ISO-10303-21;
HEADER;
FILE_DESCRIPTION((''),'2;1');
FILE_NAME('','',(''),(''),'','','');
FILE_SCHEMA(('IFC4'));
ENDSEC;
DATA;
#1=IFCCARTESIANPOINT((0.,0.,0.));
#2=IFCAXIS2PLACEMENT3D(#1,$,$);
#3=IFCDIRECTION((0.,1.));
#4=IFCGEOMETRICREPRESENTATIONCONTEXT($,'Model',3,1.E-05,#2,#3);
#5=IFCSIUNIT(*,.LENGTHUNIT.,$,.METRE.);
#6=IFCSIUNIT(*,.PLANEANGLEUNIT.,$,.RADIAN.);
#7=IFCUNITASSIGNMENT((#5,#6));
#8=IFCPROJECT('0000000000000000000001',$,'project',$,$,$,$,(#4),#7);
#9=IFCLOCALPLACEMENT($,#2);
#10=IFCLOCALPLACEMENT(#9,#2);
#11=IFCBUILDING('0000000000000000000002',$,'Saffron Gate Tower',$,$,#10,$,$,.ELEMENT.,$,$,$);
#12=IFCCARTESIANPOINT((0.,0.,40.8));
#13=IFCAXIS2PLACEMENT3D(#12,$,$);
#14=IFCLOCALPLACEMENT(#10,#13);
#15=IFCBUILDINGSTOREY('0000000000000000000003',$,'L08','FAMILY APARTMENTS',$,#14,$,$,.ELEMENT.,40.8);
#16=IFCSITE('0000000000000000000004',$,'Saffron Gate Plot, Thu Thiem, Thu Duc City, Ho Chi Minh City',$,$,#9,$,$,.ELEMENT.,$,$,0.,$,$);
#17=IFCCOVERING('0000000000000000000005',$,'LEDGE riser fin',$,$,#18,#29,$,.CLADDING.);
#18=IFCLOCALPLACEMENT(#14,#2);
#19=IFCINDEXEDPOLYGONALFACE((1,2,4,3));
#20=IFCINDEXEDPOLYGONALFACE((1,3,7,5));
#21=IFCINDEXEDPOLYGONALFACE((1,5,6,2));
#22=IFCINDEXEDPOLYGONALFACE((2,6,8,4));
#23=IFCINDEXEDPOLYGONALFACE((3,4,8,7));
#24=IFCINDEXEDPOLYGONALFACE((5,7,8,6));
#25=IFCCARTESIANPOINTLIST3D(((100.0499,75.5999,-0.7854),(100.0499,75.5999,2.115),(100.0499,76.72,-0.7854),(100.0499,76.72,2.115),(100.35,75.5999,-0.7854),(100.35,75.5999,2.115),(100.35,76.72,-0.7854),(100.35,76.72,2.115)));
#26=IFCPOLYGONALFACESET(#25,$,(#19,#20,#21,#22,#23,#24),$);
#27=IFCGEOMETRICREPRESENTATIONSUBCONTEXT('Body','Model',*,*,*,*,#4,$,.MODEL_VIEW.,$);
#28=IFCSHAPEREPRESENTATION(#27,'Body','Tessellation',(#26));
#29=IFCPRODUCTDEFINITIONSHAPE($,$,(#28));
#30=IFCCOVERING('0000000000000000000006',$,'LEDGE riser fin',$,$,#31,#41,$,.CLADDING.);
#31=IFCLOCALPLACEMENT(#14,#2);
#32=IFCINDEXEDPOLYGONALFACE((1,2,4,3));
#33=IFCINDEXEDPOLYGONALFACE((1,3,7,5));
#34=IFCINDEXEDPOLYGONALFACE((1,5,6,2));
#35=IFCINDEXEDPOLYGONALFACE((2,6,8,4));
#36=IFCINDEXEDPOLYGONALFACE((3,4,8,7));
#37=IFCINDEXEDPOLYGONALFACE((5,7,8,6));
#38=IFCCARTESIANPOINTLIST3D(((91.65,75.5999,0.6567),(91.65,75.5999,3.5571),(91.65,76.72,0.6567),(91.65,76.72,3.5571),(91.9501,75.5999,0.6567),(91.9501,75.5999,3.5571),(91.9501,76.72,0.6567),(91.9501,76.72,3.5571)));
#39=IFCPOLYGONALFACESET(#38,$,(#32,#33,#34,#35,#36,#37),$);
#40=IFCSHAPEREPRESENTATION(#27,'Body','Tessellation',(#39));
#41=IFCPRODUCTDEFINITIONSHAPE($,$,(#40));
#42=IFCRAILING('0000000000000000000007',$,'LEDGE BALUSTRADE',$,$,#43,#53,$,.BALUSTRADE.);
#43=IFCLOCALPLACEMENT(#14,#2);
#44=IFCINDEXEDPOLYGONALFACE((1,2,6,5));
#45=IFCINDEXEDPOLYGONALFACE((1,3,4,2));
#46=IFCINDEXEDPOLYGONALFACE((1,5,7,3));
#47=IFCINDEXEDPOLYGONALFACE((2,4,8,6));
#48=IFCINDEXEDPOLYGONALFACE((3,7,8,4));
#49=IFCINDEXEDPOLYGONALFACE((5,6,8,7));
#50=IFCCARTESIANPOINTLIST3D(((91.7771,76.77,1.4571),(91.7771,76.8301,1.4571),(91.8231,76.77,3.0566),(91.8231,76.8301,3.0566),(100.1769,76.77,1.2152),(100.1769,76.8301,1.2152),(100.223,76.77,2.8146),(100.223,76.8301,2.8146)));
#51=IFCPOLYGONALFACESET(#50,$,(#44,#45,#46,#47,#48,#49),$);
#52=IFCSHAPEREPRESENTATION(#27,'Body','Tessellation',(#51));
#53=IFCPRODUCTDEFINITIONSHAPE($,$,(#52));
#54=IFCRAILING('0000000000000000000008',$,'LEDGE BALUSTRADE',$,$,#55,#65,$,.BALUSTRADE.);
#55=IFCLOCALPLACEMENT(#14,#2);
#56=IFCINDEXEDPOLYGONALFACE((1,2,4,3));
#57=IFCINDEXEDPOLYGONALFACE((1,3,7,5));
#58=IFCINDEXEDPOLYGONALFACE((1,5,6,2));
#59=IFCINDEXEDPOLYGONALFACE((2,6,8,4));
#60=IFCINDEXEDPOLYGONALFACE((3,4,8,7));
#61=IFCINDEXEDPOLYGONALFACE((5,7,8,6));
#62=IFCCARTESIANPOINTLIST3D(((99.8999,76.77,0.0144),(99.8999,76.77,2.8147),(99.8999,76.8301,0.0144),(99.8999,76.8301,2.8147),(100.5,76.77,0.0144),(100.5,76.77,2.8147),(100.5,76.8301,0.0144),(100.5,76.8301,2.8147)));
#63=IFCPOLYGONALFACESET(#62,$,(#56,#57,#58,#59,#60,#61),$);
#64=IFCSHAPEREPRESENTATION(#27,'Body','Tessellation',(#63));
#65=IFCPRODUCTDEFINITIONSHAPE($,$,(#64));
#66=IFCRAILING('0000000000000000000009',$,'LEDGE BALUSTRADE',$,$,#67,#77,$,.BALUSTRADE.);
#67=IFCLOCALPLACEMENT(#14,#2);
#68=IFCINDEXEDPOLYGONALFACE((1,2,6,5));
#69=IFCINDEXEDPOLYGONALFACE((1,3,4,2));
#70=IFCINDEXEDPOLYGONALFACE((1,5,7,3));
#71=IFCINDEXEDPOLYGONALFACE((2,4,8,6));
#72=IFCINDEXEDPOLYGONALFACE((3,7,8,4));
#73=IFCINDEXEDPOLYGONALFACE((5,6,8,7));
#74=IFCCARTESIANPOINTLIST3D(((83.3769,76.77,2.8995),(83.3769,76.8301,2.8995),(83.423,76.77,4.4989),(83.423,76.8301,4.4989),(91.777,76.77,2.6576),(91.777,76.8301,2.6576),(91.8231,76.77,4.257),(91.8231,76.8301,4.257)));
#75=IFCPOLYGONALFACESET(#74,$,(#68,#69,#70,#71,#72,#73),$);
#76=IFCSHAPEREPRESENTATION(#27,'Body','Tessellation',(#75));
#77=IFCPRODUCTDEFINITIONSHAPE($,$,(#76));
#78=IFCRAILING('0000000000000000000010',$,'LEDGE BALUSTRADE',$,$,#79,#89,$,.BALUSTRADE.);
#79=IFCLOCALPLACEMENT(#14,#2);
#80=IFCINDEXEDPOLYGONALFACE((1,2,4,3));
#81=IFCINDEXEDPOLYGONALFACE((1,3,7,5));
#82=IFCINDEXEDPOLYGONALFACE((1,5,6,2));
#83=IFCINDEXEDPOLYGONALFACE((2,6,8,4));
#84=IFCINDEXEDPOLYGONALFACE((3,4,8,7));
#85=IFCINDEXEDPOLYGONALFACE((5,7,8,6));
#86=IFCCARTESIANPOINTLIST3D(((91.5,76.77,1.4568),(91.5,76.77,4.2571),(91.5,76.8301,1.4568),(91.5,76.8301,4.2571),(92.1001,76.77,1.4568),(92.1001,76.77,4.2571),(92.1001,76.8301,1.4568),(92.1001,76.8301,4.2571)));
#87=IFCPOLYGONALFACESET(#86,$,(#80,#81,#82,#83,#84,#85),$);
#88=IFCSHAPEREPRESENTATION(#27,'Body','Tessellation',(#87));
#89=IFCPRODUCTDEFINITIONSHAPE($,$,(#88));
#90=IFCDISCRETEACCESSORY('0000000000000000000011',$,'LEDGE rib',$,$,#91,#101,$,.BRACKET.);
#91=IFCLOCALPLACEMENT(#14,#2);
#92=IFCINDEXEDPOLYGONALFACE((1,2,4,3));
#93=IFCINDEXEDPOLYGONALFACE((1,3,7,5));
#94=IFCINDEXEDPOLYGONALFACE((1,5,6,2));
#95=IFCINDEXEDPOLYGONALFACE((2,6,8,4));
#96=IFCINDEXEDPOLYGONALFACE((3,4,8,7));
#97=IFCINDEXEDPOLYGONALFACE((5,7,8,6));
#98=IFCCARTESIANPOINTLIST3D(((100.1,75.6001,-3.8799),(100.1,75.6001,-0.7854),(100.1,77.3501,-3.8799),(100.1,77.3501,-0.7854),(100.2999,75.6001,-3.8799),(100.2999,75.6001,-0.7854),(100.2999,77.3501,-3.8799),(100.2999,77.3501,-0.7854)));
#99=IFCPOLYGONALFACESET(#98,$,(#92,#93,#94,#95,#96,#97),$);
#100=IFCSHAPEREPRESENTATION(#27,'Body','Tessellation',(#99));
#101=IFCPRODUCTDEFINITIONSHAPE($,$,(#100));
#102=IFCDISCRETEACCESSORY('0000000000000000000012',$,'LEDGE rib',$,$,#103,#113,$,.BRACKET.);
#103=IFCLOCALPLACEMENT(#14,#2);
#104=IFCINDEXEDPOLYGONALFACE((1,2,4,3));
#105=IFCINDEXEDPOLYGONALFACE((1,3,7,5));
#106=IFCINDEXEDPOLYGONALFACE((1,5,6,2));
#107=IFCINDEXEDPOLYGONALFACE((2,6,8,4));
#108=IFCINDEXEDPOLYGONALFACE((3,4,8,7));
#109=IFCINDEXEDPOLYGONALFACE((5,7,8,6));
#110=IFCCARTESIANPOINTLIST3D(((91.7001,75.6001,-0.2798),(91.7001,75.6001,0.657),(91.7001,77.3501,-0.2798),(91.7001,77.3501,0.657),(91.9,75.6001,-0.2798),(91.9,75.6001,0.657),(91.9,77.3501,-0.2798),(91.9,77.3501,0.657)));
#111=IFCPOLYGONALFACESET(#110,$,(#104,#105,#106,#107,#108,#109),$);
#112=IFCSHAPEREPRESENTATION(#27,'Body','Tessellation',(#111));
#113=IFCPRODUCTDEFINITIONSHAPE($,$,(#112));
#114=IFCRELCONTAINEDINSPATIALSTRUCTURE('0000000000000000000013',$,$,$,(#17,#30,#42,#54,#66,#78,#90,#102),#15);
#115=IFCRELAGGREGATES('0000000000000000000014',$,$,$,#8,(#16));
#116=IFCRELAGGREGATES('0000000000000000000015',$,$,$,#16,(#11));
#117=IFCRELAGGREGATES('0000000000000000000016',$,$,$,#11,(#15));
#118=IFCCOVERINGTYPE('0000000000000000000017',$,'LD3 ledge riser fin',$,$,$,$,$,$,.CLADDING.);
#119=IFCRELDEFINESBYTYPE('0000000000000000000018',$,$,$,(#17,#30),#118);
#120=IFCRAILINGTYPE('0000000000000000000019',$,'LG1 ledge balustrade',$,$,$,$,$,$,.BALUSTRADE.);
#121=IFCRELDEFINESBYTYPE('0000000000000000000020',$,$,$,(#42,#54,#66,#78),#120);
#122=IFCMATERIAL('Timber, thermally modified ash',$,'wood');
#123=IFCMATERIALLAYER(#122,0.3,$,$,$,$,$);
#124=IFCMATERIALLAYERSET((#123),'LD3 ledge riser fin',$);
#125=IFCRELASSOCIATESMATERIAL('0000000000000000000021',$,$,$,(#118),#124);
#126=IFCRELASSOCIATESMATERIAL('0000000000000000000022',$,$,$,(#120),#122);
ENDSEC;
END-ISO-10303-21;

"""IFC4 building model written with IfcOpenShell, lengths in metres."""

from ifc_helpers import new_model, si_unit, direction, frame, origin, origin_2d, place, context, subcontext, project, spatial, rectangle, extrude, material, layer, layer_set, type_object, element, save


model = new_model("IFC4")

# Units and contexts
model_context = context("Model", 3, precision=1e-05, world=origin(), true_north=direction((0.0, 1.0)))
body_context = subcontext(model_context, "Body", "Model", "MODEL_VIEW")
ifc_project = project(units=[si_unit("LENGTHUNIT", "METRE"), si_unit("PLANEANGLEUNIT", "RADIAN")], contexts=[model_context])

# Site, building, storey
site_placement = place(None, origin())
site = spatial("IfcSite", under=ifc_project, at=site_placement, Name="Saffron Gate Plot, Thu Thiem, Thu Duc City, Ho Chi Minh City", CompositionType="ELEMENT", RefElevation=0.0)
building_placement = place(site_placement, origin())
building = spatial("IfcBuilding", under=site, at=building_placement, Name="Saffron Gate Tower", CompositionType="ELEMENT")
storey_placement = place(building_placement, frame((0.0, 0.0, 40.8)))
storey = spatial("IfcBuildingStorey", under=building, at=storey_placement, Name="L08", Description="FAMILY APARTMENTS", CompositionType="ELEMENT", Elevation=40.8)

# Coverings
ifc_material_1 = material(Name="Timber, thermally modified ash", Category="wood")
ifc_layer_1 = layer(ifc_material_1, 0.3)
ifc_layer_set_1 = layer_set([ifc_layer_1], Name="LD3 ledge riser fin")
covering_type_1 = type_object("IfcCoveringType", Name="LD3 ledge riser fin", PredefinedType="CLADDING", material=ifc_layer_set_1)
for number, where, z_axis, x_axis, name in (
    (1, (100.2, 76.1599, -0.7854), (0.0, 0.0, 1.0), (-1.0, 0.0, 0.0), "LEDGE riser fin"),
    (2, (91.8, 76.1599, 0.6567), (0.0, 0.0, 1.0), (-1.0, 0.0, 0.0), "LEDGE riser fin"),
):
    element("IfcCovering", number, at=place(storey_placement, frame(where, z_axis=z_axis, x_axis=x_axis)), inside=storey, type_object=covering_type_1, Name=name, PredefinedType="CLADDING", context=body_context, shape_type="SweptSolid", body=[
        extrude(rectangle(XDim=0.3, YDim=1.1201, at=origin_2d()), origin(), (0.0, 0.0, 1.0), 2.9004),
    ])

# Railings
railing_type = type_object("IfcRailingType", Name="LG1 ledge balustrade", PredefinedType="BALUSTRADE", material=ifc_material_1)
railing_1_placement = place(storey_placement, frame((100.2, 76.8, 1.2148)))
element("IfcRailing", 3, at=railing_1_placement, inside=storey, type_object=railing_type, Name="LEDGE BALUSTRADE", PredefinedType="BALUSTRADE", context=body_context, shape_type="SweptSolid", body=[
    extrude(rectangle(XDim=0.0601, YDim=1.6001, at=origin_2d()), frame((0.0, 0.0, 0.8), z_axis=(-0.999585, 0.0, 0.028791), x_axis=(0.0, -1.0, 0.0)), (0.0, 0.0, 1.0), 8.4033),
])
railing_2_placement = place(storey_placement, frame((100.5, 76.8, 0.0144)))
element("IfcRailing", 4, at=railing_2_placement, inside=storey, type_object=railing_type, Name="LEDGE BALUSTRADE", PredefinedType="BALUSTRADE", context=body_context, shape_type="SweptSolid", body=[
    extrude(rectangle(XDim=0.0601, YDim=2.8003, at=origin_2d()), frame((0.0, 0.0, 1.4001), z_axis=(-1.0, 0.0, 0.0), x_axis=(0.0, -1.0, 0.0)), (0.0, 0.0, 1.0), 0.6001),
])
railing_3_placement = place(storey_placement, frame((91.8, 76.8, 2.6572)))
element("IfcRailing", 5, at=railing_3_placement, inside=storey, type_object=railing_type, Name="LEDGE BALUSTRADE", PredefinedType="BALUSTRADE", context=body_context, shape_type="SweptSolid", body=[
    extrude(rectangle(XDim=0.0601, YDim=1.6001, at=origin_2d()), frame((0.0, 0.0, 0.8), z_axis=(-0.999585, 0.0, 0.02879), x_axis=(0.0, -1.0, 0.0)), (0.0, 0.0, 1.0), 8.4036),
])
railing_4_placement = place(storey_placement, frame((92.1001, 76.8, 1.4568)))
element("IfcRailing", 6, at=railing_4_placement, inside=storey, type_object=railing_type, Name="LEDGE BALUSTRADE", PredefinedType="BALUSTRADE", context=body_context, shape_type="SweptSolid", body=[
    extrude(rectangle(XDim=0.0601, YDim=2.8003, at=origin_2d()), frame((0.0, 0.0, 1.4001), z_axis=(-1.0, 0.0, 0.0), x_axis=(0.0, -1.0, 0.0)), (0.0, 0.0, 1.0), 0.6001),
])

# Discrete accessories
discrete_accessory_1_placement = place(storey_placement, frame((100.2, 76.4751, -3.8799), z_axis=(0.0, 0.0, 1.0), x_axis=(-1.0, 0.0, 0.0)))
element("IfcDiscreteAccessory", 7, at=discrete_accessory_1_placement, inside=storey, Name="LEDGE rib", PredefinedType="BRACKET", context=body_context, shape_type="SweptSolid", body=[
    extrude(rectangle(XDim=0.2, YDim=1.75, at=origin_2d()), origin(), (0.0, 0.0, 1.0), 3.0945),
])
discrete_accessory_2_placement = place(storey_placement, frame((91.8, 76.4751, -0.2798), z_axis=(0.0, 0.0, 1.0), x_axis=(-1.0, 0.0, 0.0)))
element("IfcDiscreteAccessory", 8, at=discrete_accessory_2_placement, inside=storey, Name="LEDGE rib", PredefinedType="BRACKET", context=body_context, shape_type="SweptSolid", body=[
    extrude(rectangle(XDim=0.2, YDim=1.75, at=origin_2d()), origin(), (0.0, 0.0, 1.0), 0.9368),
])

save(model, "model.ifc")
